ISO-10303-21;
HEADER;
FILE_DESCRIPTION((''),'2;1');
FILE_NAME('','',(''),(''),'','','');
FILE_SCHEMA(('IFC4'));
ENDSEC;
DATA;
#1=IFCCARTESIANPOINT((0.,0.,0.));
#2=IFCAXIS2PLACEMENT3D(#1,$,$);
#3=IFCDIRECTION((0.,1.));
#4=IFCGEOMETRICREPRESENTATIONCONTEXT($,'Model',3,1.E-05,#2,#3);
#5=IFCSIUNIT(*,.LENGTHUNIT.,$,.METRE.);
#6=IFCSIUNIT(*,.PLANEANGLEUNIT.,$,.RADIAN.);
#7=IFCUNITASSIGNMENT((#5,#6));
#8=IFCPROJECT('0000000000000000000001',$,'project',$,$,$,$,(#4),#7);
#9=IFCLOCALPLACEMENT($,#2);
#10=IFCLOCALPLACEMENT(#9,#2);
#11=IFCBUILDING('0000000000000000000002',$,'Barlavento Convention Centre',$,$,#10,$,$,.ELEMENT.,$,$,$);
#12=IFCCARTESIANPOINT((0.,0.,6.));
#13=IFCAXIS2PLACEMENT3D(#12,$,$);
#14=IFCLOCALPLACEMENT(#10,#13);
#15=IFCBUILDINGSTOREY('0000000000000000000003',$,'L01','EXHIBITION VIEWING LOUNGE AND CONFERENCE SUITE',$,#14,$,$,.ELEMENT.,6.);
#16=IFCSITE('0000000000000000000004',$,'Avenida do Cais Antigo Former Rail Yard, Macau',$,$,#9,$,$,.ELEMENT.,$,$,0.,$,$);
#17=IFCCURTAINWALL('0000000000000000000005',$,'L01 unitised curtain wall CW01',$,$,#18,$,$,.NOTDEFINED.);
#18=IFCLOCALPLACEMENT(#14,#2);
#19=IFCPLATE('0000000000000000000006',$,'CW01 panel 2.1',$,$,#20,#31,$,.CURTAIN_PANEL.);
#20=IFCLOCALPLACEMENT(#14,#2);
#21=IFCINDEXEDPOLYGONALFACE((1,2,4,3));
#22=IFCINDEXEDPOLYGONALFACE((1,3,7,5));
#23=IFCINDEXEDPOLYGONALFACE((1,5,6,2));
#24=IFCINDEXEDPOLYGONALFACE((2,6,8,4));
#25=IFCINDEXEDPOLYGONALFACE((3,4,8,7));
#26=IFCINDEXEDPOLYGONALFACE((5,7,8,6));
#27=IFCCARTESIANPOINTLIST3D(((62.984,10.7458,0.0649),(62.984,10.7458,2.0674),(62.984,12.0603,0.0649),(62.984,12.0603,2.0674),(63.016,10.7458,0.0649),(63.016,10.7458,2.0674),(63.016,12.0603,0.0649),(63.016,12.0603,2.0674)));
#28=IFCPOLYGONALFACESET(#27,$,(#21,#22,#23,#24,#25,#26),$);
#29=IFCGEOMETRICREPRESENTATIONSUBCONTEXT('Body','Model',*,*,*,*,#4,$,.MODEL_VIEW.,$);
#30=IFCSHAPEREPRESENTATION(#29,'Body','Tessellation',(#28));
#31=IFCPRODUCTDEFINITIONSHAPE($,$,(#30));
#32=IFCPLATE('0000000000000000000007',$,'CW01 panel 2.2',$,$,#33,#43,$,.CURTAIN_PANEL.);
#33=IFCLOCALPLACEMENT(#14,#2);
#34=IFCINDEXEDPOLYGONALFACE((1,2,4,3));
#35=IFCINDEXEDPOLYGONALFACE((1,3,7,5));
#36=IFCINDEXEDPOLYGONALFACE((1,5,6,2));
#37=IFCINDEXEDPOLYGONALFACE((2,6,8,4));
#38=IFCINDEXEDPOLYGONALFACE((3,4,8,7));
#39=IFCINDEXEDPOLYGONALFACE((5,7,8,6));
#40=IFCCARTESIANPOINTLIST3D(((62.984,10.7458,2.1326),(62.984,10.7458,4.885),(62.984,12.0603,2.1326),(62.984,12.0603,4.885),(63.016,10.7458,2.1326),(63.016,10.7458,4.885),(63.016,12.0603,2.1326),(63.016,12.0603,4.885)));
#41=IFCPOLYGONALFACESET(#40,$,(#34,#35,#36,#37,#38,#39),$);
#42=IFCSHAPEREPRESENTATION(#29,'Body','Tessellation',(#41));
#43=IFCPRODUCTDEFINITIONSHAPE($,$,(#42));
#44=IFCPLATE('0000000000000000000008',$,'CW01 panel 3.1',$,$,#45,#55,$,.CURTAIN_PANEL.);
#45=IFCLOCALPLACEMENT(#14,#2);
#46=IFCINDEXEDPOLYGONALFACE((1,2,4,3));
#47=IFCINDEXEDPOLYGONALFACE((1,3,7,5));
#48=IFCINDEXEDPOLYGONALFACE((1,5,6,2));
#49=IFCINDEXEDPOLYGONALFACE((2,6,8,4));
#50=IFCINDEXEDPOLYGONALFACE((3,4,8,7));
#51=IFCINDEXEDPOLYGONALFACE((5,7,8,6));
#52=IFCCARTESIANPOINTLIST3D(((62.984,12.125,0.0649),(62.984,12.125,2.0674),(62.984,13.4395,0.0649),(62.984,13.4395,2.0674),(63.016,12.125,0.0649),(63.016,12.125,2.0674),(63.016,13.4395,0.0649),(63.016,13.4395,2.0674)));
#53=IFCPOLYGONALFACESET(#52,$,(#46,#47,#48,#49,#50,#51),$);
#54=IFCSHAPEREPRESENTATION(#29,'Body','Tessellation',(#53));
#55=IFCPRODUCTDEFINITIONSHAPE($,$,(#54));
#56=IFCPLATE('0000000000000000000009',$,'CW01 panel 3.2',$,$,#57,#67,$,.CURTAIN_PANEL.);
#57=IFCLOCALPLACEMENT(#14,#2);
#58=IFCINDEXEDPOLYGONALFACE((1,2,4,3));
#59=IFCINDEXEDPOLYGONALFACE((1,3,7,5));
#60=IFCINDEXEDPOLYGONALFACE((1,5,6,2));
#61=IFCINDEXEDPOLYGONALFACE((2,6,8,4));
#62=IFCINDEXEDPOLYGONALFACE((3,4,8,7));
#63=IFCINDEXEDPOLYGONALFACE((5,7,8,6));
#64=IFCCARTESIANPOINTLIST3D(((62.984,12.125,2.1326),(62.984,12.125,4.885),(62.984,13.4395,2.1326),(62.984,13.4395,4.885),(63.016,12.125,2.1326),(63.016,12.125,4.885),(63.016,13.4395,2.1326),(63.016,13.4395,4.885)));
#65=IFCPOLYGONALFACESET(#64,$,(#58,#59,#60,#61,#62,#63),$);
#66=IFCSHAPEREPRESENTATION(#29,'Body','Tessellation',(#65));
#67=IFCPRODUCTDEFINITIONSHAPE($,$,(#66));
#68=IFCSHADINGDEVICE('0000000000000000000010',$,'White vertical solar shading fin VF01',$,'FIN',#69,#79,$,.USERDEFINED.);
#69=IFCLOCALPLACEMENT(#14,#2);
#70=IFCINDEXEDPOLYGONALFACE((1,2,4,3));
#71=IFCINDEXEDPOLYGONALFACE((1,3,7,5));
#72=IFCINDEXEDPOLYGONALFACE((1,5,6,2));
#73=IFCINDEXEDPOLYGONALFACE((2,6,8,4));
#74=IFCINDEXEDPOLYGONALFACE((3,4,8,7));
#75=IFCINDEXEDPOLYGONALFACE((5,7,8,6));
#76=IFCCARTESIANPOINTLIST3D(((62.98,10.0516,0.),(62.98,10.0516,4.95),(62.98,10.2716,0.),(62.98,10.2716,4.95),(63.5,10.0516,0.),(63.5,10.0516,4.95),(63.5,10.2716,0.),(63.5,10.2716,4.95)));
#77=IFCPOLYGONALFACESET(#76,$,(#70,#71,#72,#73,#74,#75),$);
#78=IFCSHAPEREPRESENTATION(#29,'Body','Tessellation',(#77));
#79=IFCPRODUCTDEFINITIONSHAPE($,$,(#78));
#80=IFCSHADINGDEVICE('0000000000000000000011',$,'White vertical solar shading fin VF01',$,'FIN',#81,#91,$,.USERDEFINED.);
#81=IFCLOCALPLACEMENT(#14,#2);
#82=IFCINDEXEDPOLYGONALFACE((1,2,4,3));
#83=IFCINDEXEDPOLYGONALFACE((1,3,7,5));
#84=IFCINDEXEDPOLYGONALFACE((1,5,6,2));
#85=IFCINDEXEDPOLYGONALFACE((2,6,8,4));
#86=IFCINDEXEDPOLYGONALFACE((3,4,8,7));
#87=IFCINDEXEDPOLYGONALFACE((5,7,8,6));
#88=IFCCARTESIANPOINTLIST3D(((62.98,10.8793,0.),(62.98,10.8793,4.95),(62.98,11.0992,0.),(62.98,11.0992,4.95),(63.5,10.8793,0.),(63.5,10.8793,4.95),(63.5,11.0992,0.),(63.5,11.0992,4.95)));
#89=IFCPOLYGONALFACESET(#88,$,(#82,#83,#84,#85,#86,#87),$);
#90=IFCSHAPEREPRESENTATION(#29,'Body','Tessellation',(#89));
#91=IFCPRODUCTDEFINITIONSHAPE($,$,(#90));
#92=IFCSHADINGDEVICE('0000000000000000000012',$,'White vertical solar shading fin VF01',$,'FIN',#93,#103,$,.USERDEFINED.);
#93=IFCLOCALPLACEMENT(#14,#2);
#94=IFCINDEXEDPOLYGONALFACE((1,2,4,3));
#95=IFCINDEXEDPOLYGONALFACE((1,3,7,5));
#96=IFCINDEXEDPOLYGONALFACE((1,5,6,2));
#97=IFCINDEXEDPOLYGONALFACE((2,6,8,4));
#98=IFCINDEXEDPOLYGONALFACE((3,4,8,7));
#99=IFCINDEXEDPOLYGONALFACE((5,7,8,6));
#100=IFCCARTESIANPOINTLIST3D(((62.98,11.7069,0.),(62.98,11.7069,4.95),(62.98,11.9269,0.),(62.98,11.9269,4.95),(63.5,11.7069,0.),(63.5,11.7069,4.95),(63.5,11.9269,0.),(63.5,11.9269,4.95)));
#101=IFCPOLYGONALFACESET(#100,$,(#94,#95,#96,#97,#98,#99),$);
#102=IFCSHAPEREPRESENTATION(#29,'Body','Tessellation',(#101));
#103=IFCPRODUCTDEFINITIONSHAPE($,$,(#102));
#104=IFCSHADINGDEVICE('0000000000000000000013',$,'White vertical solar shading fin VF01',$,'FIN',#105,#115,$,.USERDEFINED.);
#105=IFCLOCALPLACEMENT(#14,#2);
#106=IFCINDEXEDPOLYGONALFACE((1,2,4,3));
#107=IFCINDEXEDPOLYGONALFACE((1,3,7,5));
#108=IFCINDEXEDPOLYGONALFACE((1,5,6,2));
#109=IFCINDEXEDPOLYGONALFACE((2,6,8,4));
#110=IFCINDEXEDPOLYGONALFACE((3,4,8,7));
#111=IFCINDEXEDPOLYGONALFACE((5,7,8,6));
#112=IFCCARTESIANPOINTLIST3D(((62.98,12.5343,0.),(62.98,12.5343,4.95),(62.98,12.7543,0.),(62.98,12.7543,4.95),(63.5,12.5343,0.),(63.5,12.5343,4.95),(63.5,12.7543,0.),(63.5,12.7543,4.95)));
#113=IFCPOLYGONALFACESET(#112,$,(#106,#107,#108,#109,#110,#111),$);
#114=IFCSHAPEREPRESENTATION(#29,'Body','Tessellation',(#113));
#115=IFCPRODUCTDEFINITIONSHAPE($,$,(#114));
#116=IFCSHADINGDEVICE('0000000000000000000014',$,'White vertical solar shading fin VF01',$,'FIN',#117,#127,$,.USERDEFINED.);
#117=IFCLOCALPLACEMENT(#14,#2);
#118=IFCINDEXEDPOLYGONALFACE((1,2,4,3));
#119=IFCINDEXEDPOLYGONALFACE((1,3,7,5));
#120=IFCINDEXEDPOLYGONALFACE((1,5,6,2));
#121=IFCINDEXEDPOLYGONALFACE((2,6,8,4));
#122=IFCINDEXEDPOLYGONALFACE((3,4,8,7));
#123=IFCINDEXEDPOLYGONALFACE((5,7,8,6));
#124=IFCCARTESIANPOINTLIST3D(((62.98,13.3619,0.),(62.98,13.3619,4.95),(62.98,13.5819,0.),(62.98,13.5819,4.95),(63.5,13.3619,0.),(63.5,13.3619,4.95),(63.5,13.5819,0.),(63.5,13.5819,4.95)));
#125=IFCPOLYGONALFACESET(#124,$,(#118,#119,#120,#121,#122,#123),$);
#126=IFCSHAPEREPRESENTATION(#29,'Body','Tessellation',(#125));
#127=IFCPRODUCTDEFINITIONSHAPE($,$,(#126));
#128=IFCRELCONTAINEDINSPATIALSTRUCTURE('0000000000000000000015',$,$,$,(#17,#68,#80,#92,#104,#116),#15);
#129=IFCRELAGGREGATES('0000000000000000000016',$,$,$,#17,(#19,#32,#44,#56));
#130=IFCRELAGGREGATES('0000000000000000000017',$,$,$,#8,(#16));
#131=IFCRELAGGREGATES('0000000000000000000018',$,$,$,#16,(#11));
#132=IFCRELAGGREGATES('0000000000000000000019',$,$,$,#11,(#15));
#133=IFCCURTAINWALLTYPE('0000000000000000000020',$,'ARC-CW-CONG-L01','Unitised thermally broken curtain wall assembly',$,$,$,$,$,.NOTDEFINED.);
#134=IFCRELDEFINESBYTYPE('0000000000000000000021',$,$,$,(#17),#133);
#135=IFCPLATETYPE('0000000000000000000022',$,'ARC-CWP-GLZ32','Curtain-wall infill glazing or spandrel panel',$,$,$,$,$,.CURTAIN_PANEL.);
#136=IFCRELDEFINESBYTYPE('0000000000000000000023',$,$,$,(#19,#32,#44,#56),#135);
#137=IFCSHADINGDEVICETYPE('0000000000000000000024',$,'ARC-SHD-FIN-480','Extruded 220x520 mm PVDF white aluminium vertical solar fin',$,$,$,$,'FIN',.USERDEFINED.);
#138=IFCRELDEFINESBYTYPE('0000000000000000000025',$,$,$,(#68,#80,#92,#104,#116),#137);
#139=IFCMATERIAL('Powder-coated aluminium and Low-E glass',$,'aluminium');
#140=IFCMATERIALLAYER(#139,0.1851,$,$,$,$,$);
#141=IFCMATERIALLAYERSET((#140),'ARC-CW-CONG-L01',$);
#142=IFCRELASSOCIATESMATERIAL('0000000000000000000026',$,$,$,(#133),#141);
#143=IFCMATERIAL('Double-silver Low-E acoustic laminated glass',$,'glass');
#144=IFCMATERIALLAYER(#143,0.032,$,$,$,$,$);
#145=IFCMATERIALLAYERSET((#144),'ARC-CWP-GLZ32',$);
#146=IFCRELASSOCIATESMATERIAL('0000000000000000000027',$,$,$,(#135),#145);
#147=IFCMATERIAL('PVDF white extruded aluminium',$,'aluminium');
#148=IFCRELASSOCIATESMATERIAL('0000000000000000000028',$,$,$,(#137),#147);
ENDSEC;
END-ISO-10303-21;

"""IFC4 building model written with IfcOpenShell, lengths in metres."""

from ifc_helpers import new_model, si_unit, direction, frame, origin, origin_2d, place, context, subcontext, project, spatial, rectangle, extrude, material, layer, layer_set, type_object, element, aggregate, save


model = new_model("IFC4")

# Units and contexts
model_context = context("Model", 3, precision=1e-05, world=origin(), true_north=direction((0.0, 1.0)))
body_context = subcontext(model_context, "Body", "Model", "MODEL_VIEW")
ifc_project = project(units=[si_unit("LENGTHUNIT", "METRE"), si_unit("PLANEANGLEUNIT", "RADIAN")], contexts=[model_context])

# Site, building, storey
site_placement = place(None, origin())
site = spatial("IfcSite", under=ifc_project, at=site_placement, Name="Avenida do Cais Antigo Former Rail Yard, Macau", CompositionType="ELEMENT", RefElevation=0.0)
building_placement = place(site_placement, origin())
building = spatial("IfcBuilding", under=site, at=building_placement, Name="Barlavento Convention Centre", CompositionType="ELEMENT")
storey_placement = place(building_placement, frame((0.0, 0.0, 6.0)))
storey = spatial("IfcBuildingStorey", under=building, at=storey_placement, Name="L01", Description="EXHIBITION VIEWING LOUNGE AND CONFERENCE SUITE", CompositionType="ELEMENT", Elevation=6.0)

# Curtain wall, plates
ifc_material_1 = material(Name="Powder-coated aluminium and Low-E glass", Category="aluminium")
ifc_layer_1 = layer(ifc_material_1, 0.1851)
ifc_layer_set_1 = layer_set([ifc_layer_1], Name="ARC-CW-CONG-L01")
curtain_wall_type = type_object("IfcCurtainWallType", Name="ARC-CW-CONG-L01", Description="Unitised thermally broken curtain wall assembly", PredefinedType="NOTDEFINED", material=ifc_layer_set_1)
curtain_wall_placement = place(storey_placement, origin())
curtain_wall = element("IfcCurtainWall", 1, at=curtain_wall_placement, inside=storey, type_object=curtain_wall_type, Name="L01 unitised curtain wall CW01", PredefinedType="NOTDEFINED")
ifc_material_2 = material(Name="Double-silver Low-E acoustic laminated glass", Category="glass")
ifc_layer_2 = layer(ifc_material_2, 0.032)
ifc_layer_set_2 = layer_set([ifc_layer_2], Name="ARC-CWP-GLZ32")
plate_type = type_object("IfcPlateType", Name="ARC-CWP-GLZ32", Description="Curtain-wall infill glazing or spandrel panel", PredefinedType="CURTAIN_PANEL", material=ifc_layer_set_2)
plate_1_placement = place(storey_placement, frame((63.0, 11.4031, 0.0649), z_axis=(0.0, 0.0, 1.0), x_axis=(0.0, 1.0, 0.0)))
plate_1 = element("IfcPlate", 2, at=plate_1_placement, type_object=plate_type, Name="CW01 panel 2.1", PredefinedType="CURTAIN_PANEL", context=body_context, shape_type="SweptSolid", body=[
    extrude(rectangle(XDim=1.3145, YDim=0.032, at=origin_2d()), origin(), (0.0, 0.0, 1.0), 2.0024),
])
plate_2_placement = place(storey_placement, frame((63.0, 11.4031, 2.1326), z_axis=(0.0, 0.0, 1.0), x_axis=(0.0, 1.0, 0.0)))
plate_2 = element("IfcPlate", 3, at=plate_2_placement, type_object=plate_type, Name="CW01 panel 2.2", PredefinedType="CURTAIN_PANEL", context=body_context, shape_type="SweptSolid", body=[
    extrude(rectangle(XDim=1.3145, YDim=0.032, at=origin_2d()), origin(), (0.0, 0.0, 1.0), 2.7524),
])
plate_3_placement = place(storey_placement, frame((63.0, 12.7822, 0.0649), z_axis=(0.0, 0.0, 1.0), x_axis=(0.0, 1.0, 0.0)))
plate_3 = element("IfcPlate", 4, at=plate_3_placement, type_object=plate_type, Name="CW01 panel 3.1", PredefinedType="CURTAIN_PANEL", context=body_context, shape_type="SweptSolid", body=[
    extrude(rectangle(XDim=1.3145, YDim=0.032, at=origin_2d()), origin(), (0.0, 0.0, 1.0), 2.0024),
])
plate_4_placement = place(storey_placement, frame((63.0, 12.7822, 2.1326), z_axis=(0.0, 0.0, 1.0), x_axis=(0.0, 1.0, 0.0)))
plate_4 = element("IfcPlate", 5, at=plate_4_placement, type_object=plate_type, Name="CW01 panel 3.2", PredefinedType="CURTAIN_PANEL", context=body_context, shape_type="SweptSolid", body=[
    extrude(rectangle(XDim=1.3145, YDim=0.032, at=origin_2d()), origin(), (0.0, 0.0, 1.0), 2.7524),
])
aggregate(curtain_wall, [plate_1, plate_2, plate_3, plate_4])

# Shading devices
ifc_material_3 = material(Name="PVDF white extruded aluminium", Category="aluminium")
shading_device_type = type_object("IfcShadingDeviceType", Name="ARC-SHD-FIN-480", Description="Extruded 220x520 mm PVDF white aluminium vertical solar fin", ElementType="FIN", PredefinedType="USERDEFINED", material=ifc_material_3)
for number, where, z_axis, x_axis, name in (
    (6, (63.24, 10.1616, 0.0), (0.0, 0.0, 1.0), (0.0, 1.0, 0.0), "White vertical solar shading fin VF01"),
    (7, (63.24, 10.9893, 0.0), (0.0, 0.0, 1.0), (0.0, 1.0, 0.0), "White vertical solar shading fin VF01"),
    (8, (63.24, 11.8169, 0.0), (0.0, 0.0, 1.0), (0.0, 1.0, 0.0), "White vertical solar shading fin VF01"),
    (9, (63.24, 12.6443, 0.0), (0.0, 0.0, 1.0), (0.0, 1.0, 0.0), "White vertical solar shading fin VF01"),
    (10, (63.24, 13.4719, 0.0), (0.0, 0.0, 1.0), (0.0, 1.0, 0.0), "White vertical solar shading fin VF01"),
):
    element("IfcShadingDevice", number, at=place(storey_placement, frame(where, z_axis=z_axis, x_axis=x_axis)), inside=storey, type_object=shading_device_type, Name=name, ObjectType="FIN", PredefinedType="USERDEFINED", context=body_context, shape_type="SweptSolid", body=[
        extrude(rectangle(XDim=0.22, YDim=0.52, at=origin_2d()), origin(), (0.0, 0.0, 1.0), 4.95),
    ])

save(model, "model.ifc")
